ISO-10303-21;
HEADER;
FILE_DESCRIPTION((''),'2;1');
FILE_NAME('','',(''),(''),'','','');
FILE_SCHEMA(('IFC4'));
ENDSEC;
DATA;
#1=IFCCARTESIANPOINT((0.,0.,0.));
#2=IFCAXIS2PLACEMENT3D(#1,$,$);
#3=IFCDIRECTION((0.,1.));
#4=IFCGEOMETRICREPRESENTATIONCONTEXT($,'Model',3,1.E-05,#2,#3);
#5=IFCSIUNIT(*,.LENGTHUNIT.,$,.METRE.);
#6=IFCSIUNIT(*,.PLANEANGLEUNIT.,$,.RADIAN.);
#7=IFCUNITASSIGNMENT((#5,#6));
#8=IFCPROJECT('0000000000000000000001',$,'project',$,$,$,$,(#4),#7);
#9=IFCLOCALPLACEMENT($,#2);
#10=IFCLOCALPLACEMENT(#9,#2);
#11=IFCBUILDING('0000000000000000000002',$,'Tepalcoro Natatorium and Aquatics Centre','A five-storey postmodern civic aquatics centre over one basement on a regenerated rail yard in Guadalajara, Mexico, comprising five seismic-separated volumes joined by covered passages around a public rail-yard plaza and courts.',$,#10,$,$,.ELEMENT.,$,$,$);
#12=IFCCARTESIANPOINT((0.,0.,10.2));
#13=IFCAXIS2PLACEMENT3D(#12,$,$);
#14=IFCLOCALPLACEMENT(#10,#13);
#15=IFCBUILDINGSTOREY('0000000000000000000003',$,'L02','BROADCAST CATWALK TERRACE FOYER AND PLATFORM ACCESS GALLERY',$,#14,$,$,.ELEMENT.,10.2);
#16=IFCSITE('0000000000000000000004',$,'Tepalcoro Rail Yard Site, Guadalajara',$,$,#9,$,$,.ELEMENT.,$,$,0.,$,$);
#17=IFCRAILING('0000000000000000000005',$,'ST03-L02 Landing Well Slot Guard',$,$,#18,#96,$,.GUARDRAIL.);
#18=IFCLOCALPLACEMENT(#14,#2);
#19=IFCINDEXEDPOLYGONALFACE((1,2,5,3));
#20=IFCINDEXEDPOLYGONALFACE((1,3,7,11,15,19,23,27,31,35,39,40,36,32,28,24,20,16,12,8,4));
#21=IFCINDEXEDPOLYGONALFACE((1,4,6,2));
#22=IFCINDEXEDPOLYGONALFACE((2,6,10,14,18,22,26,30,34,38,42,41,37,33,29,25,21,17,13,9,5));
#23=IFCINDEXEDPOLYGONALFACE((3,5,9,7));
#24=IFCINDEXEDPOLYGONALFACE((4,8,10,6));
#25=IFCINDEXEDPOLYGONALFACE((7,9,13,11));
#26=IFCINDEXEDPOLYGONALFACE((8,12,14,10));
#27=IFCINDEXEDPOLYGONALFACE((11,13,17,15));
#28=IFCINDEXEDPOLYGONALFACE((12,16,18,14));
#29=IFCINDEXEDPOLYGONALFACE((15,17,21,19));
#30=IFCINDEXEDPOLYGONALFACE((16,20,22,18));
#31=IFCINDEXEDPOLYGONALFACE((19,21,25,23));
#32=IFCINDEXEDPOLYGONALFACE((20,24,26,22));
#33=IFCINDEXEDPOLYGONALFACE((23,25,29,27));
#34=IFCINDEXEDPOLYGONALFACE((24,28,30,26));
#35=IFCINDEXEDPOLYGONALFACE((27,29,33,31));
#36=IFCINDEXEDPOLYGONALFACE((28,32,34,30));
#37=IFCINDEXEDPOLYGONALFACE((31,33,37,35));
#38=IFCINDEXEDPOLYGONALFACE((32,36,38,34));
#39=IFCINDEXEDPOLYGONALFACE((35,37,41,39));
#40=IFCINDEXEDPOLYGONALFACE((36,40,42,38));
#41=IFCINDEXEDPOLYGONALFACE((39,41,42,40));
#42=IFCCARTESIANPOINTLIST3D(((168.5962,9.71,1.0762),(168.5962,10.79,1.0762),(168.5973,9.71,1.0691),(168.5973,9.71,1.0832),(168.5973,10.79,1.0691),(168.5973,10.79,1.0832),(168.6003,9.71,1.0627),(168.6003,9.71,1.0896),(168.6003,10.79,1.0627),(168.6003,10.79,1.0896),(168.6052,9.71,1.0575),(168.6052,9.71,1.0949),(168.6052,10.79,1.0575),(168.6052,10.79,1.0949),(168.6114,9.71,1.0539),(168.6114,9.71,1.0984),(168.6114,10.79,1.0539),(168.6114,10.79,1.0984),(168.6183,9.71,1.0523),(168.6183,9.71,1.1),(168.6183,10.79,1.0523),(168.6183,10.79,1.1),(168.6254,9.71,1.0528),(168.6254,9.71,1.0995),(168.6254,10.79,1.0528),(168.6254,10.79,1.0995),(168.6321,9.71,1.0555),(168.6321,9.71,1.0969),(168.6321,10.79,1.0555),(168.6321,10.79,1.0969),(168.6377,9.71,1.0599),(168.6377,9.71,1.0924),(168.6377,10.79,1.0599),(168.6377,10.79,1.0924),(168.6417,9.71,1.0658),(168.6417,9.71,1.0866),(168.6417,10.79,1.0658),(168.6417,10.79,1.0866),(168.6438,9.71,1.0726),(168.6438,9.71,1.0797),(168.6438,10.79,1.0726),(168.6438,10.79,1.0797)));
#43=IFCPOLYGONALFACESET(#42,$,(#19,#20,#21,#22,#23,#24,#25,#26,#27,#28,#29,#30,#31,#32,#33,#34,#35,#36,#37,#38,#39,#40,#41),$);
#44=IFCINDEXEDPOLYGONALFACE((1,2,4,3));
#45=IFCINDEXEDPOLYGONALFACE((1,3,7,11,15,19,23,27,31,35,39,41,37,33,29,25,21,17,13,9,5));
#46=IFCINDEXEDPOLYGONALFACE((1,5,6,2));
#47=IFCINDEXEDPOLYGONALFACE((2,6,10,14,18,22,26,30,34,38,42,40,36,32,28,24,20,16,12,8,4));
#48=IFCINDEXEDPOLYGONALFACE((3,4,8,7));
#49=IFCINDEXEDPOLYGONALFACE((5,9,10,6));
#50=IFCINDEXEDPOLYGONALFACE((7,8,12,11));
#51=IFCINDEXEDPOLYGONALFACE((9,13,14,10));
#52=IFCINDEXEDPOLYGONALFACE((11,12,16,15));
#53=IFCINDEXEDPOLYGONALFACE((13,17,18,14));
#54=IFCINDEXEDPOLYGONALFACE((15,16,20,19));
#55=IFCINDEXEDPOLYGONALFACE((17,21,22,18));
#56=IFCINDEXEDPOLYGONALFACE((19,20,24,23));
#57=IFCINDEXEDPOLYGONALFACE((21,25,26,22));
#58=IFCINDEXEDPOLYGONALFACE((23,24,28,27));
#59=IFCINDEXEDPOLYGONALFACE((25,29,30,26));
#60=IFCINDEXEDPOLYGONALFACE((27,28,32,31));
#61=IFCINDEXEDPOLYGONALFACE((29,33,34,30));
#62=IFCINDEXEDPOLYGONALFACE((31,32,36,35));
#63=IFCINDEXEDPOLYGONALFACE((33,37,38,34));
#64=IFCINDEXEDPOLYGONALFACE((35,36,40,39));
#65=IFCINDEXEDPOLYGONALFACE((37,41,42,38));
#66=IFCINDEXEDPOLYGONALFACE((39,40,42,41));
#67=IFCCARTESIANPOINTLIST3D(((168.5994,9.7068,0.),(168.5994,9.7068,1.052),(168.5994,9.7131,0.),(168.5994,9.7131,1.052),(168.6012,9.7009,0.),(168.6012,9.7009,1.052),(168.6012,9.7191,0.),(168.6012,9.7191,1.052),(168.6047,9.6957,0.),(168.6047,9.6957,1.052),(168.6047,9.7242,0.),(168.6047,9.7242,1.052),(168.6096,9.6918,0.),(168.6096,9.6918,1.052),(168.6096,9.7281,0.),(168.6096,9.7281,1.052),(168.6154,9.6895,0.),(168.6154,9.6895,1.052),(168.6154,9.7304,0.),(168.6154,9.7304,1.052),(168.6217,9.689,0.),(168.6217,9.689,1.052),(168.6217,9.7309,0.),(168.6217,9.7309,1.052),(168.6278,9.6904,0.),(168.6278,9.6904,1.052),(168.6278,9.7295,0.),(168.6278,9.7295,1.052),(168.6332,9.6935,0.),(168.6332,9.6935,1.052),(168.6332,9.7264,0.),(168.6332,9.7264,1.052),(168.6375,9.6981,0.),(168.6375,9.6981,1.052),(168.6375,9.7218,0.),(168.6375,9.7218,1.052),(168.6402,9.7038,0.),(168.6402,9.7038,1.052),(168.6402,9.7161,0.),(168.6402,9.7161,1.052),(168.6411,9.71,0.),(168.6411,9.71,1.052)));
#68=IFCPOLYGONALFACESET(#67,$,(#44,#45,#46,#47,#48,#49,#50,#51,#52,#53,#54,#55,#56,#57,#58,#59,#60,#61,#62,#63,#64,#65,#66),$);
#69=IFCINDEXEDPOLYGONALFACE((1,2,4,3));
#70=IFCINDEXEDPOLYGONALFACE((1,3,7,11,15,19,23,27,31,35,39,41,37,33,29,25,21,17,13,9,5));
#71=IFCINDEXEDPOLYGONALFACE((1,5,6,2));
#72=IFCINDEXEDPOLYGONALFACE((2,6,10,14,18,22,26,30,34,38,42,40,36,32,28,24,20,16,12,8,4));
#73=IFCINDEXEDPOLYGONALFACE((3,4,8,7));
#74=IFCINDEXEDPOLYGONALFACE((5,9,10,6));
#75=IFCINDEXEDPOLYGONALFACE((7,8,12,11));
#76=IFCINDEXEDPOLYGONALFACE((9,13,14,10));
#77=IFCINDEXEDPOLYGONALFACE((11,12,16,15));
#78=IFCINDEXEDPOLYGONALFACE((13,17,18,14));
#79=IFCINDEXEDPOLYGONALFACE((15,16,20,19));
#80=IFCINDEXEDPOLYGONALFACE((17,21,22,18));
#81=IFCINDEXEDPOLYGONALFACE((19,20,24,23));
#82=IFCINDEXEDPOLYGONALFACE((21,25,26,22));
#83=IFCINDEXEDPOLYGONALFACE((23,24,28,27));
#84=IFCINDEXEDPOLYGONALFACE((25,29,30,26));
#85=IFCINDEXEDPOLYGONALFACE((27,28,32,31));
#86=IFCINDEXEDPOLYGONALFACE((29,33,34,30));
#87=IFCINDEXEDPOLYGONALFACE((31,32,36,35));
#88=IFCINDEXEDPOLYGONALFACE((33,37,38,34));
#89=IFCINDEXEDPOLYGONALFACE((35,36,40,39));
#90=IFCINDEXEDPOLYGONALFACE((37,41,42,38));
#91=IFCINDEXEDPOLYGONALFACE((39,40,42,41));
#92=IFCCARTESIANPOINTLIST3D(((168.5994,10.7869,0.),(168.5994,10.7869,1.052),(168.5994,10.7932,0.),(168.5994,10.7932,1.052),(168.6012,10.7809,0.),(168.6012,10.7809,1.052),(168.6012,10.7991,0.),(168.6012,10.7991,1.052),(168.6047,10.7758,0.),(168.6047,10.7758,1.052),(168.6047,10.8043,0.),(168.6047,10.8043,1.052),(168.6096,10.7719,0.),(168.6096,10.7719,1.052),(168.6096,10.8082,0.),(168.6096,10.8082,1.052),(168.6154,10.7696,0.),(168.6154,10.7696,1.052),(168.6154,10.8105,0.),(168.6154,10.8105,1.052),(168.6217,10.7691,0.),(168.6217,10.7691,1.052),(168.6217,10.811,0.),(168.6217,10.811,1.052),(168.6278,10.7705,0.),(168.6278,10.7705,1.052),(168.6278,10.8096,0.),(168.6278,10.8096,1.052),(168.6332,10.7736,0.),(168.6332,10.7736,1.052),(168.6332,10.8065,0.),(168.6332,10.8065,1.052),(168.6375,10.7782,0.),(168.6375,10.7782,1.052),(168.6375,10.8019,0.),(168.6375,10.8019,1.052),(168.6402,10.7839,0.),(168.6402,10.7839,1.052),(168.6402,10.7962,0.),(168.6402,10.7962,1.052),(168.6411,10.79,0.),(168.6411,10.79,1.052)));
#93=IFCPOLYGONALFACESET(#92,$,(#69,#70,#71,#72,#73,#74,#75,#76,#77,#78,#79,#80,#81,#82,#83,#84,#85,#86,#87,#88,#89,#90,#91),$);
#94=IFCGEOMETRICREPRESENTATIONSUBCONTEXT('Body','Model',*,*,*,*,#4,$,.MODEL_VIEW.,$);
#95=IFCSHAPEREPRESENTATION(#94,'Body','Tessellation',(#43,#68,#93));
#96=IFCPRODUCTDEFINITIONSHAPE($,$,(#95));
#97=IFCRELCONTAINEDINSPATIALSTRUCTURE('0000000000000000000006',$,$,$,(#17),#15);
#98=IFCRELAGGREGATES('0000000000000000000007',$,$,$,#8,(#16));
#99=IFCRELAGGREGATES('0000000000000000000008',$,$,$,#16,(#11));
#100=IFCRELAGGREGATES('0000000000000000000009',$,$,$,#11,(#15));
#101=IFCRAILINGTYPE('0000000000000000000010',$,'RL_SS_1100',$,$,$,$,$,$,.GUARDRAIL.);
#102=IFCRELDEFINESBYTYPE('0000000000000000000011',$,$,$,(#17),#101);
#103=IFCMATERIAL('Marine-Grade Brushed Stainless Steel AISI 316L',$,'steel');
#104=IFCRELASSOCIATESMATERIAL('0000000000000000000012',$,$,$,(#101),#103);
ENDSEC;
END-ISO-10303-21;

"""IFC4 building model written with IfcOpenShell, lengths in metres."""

from ifc_helpers import new_model, si_unit, direction, frame, origin, origin_2d, place, context, subcontext, project, spatial, circle, extrude, material, type_object, element, save


model = new_model("IFC4")

# Units and contexts
model_context = context("Model", 3, precision=1e-05, world=origin(), true_north=direction((0.0, 1.0)))
body_context = subcontext(model_context, "Body", "Model", "MODEL_VIEW")
ifc_project = project(units=[si_unit("LENGTHUNIT", "METRE"), si_unit("PLANEANGLEUNIT", "RADIAN")], contexts=[model_context])

# Site, building, storey
site_placement = place(None, origin())
site = spatial("IfcSite", under=ifc_project, at=site_placement, Name="Tepalcoro Rail Yard Site, Guadalajara", CompositionType="ELEMENT", RefElevation=0.0)
building_placement = place(site_placement, origin())
building = spatial("IfcBuilding", under=site, at=building_placement, Name="Tepalcoro Natatorium and Aquatics Centre", Description="A five-storey postmodern civic aquatics centre over one basement on a regenerated rail yard in Guadalajara, Mexico, comprising five seismic-separated volumes joined by covered passages around a public rail-yard plaza and courts.", CompositionType="ELEMENT")
storey_placement = place(building_placement, frame((0.0, 0.0, 10.2)))
storey = spatial("IfcBuildingStorey", under=building, at=storey_placement, Name="L02", Description="BROADCAST CATWALK TERRACE FOYER AND PLATFORM ACCESS GALLERY", CompositionType="ELEMENT", Elevation=10.2)

# Railing
ifc_material_1 = material(Name="Marine-Grade Brushed Stainless Steel AISI 316L", Category="steel")
railing_type_1 = type_object("IfcRailingType", Name="RL_SS_1100", PredefinedType="GUARDRAIL", material=ifc_material_1)
railing_1_placement = place(storey_placement, frame((168.6201, 9.71, 0.0)))
element("IfcRailing", 1, at=railing_1_placement, inside=storey, type_object=railing_type_1, Name="ST03-L02 Landing Well Slot Guard", PredefinedType="GUARDRAIL", context=body_context, shape_type="SweptSolid", body=[
    extrude(circle(Radius=0.0239, at=origin_2d()), frame((0.0, 0.0, 1.0762), z_axis=(0.0, 1.0, 0.0), x_axis=(-1.0, 0.0, 0.0)), (0.0, 0.0, 1.0), 1.0801),
    extrude(circle(Radius=0.021, at=origin_2d()), origin(), (0.0, 0.0, 1.0), 1.052),
    extrude(circle(Radius=0.021, at=origin_2d()), frame((0.0, 1.0801, 0.0)), (0.0, 0.0, 1.0), 1.052),
])

save(model, "model.ifc")
